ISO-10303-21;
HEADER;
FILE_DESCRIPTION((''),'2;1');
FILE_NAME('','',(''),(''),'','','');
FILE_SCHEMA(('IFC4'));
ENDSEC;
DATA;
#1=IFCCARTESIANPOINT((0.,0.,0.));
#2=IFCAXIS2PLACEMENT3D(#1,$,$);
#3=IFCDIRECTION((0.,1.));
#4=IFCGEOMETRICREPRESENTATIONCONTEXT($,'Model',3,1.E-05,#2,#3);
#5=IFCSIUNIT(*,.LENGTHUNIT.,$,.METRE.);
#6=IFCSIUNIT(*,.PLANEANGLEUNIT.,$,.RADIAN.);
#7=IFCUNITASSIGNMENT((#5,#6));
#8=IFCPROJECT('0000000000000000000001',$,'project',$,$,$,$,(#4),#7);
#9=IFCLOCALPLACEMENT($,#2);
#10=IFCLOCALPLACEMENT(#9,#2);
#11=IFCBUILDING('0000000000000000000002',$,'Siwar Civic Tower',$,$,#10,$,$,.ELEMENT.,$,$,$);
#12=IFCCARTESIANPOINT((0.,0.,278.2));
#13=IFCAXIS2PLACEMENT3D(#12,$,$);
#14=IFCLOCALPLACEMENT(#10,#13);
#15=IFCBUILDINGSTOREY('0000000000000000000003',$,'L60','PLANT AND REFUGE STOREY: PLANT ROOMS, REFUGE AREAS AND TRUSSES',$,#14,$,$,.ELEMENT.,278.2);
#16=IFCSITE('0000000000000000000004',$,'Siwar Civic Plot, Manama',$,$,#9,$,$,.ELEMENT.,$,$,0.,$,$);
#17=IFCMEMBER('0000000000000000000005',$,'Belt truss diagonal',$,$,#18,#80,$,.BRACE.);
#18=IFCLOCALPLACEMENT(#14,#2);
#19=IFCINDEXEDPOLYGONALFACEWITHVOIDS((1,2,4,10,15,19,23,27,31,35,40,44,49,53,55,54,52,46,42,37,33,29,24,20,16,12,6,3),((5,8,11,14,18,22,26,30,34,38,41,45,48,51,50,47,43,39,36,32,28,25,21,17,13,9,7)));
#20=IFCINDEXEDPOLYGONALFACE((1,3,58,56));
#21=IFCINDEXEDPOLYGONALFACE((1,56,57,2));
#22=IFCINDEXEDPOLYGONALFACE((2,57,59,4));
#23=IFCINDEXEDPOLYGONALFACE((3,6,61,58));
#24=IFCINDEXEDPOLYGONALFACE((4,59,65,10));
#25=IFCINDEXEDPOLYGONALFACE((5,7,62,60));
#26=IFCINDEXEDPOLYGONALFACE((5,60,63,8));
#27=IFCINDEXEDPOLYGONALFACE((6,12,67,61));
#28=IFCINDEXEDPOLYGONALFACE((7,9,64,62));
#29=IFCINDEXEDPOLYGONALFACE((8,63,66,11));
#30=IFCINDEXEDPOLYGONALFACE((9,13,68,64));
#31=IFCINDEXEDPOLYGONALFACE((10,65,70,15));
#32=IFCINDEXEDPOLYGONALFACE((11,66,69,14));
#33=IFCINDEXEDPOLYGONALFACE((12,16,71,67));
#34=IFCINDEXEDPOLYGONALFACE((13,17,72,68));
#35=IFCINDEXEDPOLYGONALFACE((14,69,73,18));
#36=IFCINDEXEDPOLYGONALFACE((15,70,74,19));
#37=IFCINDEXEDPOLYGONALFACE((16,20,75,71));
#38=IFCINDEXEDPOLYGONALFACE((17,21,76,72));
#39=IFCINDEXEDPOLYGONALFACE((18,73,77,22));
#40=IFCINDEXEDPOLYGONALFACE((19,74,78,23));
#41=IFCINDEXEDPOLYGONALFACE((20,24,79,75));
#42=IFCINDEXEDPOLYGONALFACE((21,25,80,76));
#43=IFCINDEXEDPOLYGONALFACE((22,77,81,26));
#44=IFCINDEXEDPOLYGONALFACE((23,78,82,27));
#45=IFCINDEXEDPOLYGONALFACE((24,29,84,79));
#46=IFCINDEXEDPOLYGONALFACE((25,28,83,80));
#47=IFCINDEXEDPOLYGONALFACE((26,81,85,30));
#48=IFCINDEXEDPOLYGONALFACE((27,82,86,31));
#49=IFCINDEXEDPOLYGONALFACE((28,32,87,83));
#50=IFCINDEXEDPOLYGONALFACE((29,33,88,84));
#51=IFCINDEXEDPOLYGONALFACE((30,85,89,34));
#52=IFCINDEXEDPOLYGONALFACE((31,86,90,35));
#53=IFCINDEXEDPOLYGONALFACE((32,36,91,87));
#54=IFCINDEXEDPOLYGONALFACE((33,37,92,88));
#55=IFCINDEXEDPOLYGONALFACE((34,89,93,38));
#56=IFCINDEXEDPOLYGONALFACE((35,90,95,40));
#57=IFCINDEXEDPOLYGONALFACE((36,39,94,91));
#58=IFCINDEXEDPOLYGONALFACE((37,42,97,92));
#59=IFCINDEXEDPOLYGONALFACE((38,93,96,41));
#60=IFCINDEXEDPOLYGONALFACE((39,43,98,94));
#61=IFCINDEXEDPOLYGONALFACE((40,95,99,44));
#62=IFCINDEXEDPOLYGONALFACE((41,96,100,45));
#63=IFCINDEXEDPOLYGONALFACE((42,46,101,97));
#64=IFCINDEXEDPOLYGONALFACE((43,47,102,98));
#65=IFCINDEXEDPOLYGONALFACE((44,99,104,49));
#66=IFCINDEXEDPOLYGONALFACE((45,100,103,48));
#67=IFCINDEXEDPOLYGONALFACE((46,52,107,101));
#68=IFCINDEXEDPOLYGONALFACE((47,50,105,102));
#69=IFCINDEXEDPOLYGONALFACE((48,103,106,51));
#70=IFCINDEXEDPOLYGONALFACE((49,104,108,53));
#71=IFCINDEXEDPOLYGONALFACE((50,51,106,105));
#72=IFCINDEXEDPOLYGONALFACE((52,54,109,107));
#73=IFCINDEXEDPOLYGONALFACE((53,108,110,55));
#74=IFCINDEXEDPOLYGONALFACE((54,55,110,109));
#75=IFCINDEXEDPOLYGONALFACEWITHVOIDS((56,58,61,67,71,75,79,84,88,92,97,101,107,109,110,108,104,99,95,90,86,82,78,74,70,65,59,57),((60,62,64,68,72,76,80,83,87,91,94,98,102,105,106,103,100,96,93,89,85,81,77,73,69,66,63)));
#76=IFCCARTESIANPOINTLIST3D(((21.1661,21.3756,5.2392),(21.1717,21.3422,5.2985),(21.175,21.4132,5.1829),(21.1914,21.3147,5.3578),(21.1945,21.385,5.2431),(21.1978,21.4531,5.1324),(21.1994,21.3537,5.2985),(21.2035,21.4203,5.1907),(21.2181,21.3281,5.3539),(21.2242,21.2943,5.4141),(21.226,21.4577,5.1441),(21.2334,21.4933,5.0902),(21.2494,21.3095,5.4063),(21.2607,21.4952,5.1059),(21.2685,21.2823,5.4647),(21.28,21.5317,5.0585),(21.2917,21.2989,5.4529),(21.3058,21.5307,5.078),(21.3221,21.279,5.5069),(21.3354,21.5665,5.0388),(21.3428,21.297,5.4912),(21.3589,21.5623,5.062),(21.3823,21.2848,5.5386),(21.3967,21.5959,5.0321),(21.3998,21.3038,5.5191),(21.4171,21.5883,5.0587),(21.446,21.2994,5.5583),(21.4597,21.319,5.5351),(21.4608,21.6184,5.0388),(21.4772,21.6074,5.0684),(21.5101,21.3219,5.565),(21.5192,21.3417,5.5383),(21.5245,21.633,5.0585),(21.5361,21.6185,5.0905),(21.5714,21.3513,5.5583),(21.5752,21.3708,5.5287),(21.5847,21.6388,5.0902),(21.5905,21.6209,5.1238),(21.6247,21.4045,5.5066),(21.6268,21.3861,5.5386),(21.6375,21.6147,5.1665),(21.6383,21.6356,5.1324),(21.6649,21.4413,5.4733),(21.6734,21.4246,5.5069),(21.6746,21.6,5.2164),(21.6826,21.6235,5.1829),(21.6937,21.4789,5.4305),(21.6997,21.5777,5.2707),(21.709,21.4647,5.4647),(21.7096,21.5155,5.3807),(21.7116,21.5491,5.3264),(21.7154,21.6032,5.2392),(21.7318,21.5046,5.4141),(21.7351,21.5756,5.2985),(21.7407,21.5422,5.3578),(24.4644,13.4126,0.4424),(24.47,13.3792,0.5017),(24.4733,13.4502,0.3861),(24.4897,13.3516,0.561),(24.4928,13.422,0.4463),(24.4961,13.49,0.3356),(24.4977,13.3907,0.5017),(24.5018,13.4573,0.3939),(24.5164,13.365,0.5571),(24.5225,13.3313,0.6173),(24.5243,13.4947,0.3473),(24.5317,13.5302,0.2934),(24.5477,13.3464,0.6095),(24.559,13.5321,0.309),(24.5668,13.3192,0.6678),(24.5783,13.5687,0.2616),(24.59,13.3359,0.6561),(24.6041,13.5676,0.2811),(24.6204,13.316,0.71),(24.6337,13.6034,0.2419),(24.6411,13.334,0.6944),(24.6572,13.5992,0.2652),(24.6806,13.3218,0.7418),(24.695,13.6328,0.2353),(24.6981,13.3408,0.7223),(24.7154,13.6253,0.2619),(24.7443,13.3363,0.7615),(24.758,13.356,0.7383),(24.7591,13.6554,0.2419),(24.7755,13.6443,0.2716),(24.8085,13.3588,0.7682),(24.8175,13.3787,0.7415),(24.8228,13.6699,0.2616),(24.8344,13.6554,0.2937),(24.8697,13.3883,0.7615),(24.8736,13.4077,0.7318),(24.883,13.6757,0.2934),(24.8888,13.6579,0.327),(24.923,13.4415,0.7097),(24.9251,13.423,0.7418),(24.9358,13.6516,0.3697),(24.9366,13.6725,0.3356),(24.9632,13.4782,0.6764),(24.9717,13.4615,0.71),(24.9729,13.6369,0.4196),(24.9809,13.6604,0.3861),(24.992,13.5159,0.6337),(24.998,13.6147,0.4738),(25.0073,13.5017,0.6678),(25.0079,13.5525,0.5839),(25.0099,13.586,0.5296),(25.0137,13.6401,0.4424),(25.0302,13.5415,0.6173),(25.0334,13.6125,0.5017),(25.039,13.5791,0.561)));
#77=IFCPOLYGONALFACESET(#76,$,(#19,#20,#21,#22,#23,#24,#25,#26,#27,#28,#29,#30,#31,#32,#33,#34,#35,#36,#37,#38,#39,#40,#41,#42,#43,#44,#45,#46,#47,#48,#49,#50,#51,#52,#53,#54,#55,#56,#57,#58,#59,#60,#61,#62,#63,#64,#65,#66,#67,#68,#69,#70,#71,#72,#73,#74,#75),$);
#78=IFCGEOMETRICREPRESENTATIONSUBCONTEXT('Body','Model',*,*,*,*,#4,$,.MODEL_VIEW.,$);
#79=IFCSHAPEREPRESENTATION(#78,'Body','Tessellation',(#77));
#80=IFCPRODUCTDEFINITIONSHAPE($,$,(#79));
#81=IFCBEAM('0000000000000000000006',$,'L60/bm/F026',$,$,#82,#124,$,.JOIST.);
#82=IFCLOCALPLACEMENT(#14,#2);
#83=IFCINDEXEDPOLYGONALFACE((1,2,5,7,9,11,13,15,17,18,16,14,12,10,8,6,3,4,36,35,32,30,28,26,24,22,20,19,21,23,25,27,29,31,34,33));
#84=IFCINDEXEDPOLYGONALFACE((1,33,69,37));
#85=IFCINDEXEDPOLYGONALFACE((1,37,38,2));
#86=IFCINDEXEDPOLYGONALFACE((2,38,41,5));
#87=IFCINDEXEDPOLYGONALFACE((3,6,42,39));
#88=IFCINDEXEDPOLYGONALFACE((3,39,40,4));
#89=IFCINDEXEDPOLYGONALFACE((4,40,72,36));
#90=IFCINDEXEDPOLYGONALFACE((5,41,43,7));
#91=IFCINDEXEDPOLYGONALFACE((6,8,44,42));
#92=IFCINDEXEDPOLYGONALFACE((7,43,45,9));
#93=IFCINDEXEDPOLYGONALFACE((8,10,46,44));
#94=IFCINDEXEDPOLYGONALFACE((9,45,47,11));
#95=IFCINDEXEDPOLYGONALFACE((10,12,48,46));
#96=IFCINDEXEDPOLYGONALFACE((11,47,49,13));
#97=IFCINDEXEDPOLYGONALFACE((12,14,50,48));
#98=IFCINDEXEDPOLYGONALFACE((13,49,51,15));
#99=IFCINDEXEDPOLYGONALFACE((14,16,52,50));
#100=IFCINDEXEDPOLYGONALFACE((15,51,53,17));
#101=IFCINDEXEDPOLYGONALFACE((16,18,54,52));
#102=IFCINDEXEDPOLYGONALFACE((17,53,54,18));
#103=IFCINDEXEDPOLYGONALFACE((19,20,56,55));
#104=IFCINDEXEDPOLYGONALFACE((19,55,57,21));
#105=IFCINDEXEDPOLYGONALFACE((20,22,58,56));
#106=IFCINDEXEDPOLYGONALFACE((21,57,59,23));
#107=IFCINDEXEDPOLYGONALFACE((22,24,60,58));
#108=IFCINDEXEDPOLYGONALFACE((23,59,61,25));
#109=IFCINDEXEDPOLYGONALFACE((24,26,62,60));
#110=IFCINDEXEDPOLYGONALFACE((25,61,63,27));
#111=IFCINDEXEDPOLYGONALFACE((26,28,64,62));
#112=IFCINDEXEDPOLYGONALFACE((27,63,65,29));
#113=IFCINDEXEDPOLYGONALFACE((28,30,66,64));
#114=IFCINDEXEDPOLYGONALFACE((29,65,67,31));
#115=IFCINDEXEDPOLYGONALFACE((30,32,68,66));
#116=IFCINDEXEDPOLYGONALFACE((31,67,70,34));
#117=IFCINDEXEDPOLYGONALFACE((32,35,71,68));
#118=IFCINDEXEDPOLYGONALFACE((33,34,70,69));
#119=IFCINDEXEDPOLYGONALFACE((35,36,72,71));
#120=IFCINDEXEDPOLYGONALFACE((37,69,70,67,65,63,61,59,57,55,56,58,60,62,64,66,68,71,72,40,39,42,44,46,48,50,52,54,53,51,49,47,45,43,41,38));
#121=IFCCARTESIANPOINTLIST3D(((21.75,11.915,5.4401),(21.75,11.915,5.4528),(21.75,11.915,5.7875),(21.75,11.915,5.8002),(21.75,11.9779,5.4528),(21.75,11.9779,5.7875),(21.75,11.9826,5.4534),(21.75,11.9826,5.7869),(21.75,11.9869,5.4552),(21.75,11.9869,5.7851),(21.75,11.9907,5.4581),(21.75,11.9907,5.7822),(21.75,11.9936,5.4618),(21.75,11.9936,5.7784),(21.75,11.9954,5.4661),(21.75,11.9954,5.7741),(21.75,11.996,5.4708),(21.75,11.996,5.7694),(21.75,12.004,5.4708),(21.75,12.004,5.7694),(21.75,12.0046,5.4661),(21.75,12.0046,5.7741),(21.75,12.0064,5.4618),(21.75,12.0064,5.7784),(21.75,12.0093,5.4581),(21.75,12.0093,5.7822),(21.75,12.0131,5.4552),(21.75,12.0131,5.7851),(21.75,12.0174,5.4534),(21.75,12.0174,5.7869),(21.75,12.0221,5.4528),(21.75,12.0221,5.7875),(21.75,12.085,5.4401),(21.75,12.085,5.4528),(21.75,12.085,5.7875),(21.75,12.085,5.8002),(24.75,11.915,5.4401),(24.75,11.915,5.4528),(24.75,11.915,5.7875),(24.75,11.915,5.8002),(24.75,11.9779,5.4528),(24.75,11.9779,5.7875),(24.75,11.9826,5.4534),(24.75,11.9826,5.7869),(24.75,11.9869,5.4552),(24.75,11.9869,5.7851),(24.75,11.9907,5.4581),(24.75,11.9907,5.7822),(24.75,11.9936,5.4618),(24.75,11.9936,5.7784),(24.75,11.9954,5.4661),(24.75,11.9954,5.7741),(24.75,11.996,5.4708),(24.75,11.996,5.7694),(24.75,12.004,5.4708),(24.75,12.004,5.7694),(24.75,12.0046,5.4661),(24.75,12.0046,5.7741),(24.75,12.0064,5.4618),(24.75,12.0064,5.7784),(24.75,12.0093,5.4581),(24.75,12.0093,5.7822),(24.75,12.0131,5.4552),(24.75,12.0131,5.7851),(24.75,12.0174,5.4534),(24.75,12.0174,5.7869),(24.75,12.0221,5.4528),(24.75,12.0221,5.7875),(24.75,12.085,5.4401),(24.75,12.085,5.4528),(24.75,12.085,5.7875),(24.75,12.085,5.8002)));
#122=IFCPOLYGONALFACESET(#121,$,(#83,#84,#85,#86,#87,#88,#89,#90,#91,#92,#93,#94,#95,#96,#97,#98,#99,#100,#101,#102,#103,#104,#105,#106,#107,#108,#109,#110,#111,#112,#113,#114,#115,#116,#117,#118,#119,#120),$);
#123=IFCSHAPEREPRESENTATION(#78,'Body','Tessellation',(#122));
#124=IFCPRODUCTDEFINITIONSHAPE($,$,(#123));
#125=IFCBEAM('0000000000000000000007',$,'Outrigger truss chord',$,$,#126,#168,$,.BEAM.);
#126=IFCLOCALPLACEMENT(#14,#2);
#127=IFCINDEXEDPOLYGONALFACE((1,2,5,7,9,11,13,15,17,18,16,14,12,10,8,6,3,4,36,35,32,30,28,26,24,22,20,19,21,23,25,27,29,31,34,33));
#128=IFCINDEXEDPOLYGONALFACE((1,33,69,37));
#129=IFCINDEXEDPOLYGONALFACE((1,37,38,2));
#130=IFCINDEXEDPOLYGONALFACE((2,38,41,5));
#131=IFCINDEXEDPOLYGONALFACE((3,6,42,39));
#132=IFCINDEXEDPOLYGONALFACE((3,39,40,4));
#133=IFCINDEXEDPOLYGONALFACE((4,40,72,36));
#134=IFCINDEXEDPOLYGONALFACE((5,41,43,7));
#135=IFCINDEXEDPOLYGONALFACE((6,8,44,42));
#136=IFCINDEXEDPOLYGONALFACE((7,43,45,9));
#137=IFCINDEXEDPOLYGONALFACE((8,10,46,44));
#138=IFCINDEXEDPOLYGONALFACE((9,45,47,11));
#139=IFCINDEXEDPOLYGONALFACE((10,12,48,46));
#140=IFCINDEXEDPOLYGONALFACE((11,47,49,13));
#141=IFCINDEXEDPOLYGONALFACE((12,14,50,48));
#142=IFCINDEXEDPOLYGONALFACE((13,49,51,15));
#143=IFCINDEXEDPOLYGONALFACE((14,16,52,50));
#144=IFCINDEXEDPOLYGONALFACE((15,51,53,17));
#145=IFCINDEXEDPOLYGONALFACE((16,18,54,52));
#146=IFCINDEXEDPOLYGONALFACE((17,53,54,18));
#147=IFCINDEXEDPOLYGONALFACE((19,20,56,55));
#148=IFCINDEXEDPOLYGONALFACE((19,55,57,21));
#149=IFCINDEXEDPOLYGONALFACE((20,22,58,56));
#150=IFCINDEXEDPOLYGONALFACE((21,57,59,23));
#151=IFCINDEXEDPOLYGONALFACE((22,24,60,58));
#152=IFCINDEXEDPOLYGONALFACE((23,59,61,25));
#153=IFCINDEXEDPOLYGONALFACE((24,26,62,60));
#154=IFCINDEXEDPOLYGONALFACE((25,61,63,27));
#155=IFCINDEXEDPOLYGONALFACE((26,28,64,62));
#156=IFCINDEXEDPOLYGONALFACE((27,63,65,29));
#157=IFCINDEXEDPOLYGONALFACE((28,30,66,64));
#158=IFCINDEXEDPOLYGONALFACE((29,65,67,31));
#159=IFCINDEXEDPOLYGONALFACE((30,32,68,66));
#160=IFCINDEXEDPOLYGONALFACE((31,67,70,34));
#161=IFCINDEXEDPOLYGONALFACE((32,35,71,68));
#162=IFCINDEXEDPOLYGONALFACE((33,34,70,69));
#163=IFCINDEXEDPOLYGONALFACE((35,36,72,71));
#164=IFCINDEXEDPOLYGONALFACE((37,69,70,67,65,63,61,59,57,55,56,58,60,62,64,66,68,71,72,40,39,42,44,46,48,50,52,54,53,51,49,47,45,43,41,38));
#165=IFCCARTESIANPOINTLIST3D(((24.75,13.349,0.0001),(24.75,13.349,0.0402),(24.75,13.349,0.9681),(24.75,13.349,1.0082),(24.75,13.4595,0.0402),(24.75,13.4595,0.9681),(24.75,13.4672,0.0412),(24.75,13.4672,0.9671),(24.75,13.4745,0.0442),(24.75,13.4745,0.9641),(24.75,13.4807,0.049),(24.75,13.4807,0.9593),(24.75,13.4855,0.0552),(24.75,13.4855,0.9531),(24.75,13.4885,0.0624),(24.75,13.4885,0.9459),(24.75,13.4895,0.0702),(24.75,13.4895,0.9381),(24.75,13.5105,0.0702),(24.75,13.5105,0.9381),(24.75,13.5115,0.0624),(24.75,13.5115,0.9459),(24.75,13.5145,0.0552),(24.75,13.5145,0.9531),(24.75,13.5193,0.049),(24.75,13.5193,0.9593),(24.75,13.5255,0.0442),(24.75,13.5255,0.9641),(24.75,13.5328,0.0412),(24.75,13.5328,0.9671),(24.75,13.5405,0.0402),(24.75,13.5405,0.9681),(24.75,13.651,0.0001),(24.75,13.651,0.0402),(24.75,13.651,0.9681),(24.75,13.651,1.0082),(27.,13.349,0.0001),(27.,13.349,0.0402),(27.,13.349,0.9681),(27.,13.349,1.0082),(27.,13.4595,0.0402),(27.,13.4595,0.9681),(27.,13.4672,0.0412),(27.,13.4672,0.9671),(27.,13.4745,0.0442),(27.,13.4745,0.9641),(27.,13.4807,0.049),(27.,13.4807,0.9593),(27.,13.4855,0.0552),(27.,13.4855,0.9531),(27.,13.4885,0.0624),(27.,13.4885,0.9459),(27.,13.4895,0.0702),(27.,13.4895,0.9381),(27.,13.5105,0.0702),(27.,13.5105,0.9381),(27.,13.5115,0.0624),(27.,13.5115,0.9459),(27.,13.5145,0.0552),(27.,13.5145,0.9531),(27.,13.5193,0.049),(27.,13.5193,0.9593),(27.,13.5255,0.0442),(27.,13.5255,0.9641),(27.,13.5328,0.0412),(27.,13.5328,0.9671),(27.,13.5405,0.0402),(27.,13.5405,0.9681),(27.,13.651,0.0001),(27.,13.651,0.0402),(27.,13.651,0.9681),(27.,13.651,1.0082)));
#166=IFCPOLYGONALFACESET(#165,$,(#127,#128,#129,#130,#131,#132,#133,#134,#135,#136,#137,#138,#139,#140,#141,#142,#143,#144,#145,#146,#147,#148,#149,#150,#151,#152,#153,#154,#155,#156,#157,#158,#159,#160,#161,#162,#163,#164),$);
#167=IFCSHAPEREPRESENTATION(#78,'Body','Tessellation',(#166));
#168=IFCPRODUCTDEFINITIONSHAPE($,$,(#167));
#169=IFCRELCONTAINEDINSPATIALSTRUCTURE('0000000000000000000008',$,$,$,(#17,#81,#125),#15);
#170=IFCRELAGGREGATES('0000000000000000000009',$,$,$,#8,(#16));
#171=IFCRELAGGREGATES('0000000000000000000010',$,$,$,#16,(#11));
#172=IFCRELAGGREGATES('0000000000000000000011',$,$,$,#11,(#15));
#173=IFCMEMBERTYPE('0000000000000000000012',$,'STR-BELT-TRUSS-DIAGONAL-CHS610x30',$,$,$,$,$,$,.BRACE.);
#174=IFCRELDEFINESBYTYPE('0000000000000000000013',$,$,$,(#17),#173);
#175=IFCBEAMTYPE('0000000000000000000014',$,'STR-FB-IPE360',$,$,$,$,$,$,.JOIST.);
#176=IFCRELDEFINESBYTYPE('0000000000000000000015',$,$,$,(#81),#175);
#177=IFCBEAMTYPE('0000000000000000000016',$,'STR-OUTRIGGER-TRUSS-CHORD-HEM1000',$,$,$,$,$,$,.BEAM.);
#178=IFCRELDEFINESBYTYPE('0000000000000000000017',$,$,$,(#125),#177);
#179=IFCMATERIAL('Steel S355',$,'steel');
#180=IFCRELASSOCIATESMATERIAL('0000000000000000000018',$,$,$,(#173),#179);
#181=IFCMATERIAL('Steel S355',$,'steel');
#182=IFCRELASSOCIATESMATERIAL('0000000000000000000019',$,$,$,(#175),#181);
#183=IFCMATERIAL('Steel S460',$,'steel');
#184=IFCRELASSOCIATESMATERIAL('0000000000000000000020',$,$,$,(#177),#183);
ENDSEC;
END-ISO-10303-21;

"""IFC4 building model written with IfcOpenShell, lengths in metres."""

from ifc_helpers import new_model, si_unit, direction, frame, origin, origin_2d, place, context, subcontext, project, spatial, hollow_circle, i_section, extrude, material, material_profile, profile_set, type_object, element, save


model = new_model("IFC4")

# Units and contexts
model_context = context("Model", 3, precision=1e-05, world=origin(), true_north=direction((0.0, 1.0)))
body_context = subcontext(model_context, "Body", "Model", "MODEL_VIEW")
ifc_project = project(units=[si_unit("LENGTHUNIT", "METRE"), si_unit("PLANEANGLEUNIT", "RADIAN")], contexts=[model_context])

# Site, building, storey
site_placement = place(None, origin())
site = spatial("IfcSite", under=ifc_project, at=site_placement, Name="Siwar Civic Plot, Manama", CompositionType="ELEMENT", RefElevation=0.0)
building_placement = place(site_placement, origin())
building = spatial("IfcBuilding", under=site, at=building_placement, Name="Siwar Civic Tower", CompositionType="ELEMENT")
storey_placement = place(building_placement, frame((0.0, 0.0, 278.2)))
storey = spatial("IfcBuildingStorey", under=building, at=storey_placement, Name="L60", Description="PLANT AND REFUGE STOREY: PLANT ROOMS, REFUGE AREAS AND TRUSSES", CompositionType="ELEMENT", Elevation=278.2)

# Member
ifc_material_1 = material(Name="Steel S355", Category="steel")
ifc_material_profile_1 = material_profile(ifc_material_1, hollow_circle(Radius=0.3049, WallThickness=0.03, at=origin_2d()), Name="CHS610x30")
ifc_profile_set_1 = profile_set([ifc_material_profile_1], Name="Steel S355")
member_type_1 = type_object("IfcMemberType", Name="STR-BELT-TRUSS-DIAGONAL-CHS610x30", PredefinedType="BRACE", material=ifc_profile_set_1)
member_1_placement = place(storey_placement, frame((24.7517, 13.4958, 0.5017), z_axis=(-0.334378, 0.807284, 0.486296), x_axis=(-0.923884, -0.382674, 0.0)))
element("IfcMember", 1, at=member_1_placement, inside=storey, type_object=member_type_1, Name="Belt truss diagonal", PredefinedType="BRACE", context=body_context, shape_type="SweptSolid", body=[
    extrude(hollow_circle(Radius=0.3049, WallThickness=0.03, at=origin_2d()), origin(), (0.0, 0.0, 1.0), 9.864),
])

# Beams
ifc_material_2 = material(Name="Steel S355", Category="steel")
ifc_material_profile_2 = material_profile(ifc_material_2, i_section(OverallWidth=0.1699, OverallDepth=0.3601, WebThickness=0.0081, FlangeThickness=0.0127, FilletRadius=0.0181, at=origin_2d()), Name="IPE360")
ifc_profile_set_2 = profile_set([ifc_material_profile_2], Name="Steel S355")
beam_type_1 = type_object("IfcBeamType", Name="STR-FB-IPE360", PredefinedType="JOIST", material=ifc_profile_set_2)
beam_1_placement = place(storey_placement, frame((21.75, 12.0, 5.6201), z_axis=(1.0, 0.0, 0.0), x_axis=(0.0, 1.0, 0.0)))
element("IfcBeam", 2, at=beam_1_placement, inside=storey, type_object=beam_type_1, Name="L60/bm/F026", PredefinedType="JOIST", context=body_context, shape_type="SweptSolid", body=[
    extrude(i_section(OverallWidth=0.1699, OverallDepth=0.3601, WebThickness=0.0081, FlangeThickness=0.0127, FilletRadius=0.0181, at=origin_2d()), origin(), (0.0, 0.0, 1.0), 3.0),
])
ifc_material_3 = material(Name="Steel S460", Category="steel")
ifc_material_profile_3 = material_profile(ifc_material_3, i_section(OverallWidth=0.302, OverallDepth=1.0081, WebThickness=0.021, FlangeThickness=0.04, FilletRadius=0.03, at=origin_2d()), Name="HEM1000")
ifc_profile_set_3 = profile_set([ifc_material_profile_3], Name="Steel S460")
beam_type_2 = type_object("IfcBeamType", Name="STR-OUTRIGGER-TRUSS-CHORD-HEM1000", PredefinedType="BEAM", material=ifc_profile_set_3)
for number, where, z_axis, x_axis, name in (
    (3, (24.75, 13.5, 0.5042), (1.0, 0.0, 0.0), (0.0, 1.0, 0.0), "Outrigger truss chord"),
):
    element("IfcBeam", number, at=place(storey_placement, frame(where, z_axis=z_axis, x_axis=x_axis)), inside=storey, type_object=beam_type_2, Name=name, PredefinedType="BEAM", context=body_context, shape_type="SweptSolid", body=[
        extrude(i_section(OverallWidth=0.302, OverallDepth=1.0081, WebThickness=0.021, FlangeThickness=0.04, FilletRadius=0.03, at=origin_2d()), origin(), (0.0, 0.0, 1.0), 2.25),
    ])

save(model, "model.ifc")
